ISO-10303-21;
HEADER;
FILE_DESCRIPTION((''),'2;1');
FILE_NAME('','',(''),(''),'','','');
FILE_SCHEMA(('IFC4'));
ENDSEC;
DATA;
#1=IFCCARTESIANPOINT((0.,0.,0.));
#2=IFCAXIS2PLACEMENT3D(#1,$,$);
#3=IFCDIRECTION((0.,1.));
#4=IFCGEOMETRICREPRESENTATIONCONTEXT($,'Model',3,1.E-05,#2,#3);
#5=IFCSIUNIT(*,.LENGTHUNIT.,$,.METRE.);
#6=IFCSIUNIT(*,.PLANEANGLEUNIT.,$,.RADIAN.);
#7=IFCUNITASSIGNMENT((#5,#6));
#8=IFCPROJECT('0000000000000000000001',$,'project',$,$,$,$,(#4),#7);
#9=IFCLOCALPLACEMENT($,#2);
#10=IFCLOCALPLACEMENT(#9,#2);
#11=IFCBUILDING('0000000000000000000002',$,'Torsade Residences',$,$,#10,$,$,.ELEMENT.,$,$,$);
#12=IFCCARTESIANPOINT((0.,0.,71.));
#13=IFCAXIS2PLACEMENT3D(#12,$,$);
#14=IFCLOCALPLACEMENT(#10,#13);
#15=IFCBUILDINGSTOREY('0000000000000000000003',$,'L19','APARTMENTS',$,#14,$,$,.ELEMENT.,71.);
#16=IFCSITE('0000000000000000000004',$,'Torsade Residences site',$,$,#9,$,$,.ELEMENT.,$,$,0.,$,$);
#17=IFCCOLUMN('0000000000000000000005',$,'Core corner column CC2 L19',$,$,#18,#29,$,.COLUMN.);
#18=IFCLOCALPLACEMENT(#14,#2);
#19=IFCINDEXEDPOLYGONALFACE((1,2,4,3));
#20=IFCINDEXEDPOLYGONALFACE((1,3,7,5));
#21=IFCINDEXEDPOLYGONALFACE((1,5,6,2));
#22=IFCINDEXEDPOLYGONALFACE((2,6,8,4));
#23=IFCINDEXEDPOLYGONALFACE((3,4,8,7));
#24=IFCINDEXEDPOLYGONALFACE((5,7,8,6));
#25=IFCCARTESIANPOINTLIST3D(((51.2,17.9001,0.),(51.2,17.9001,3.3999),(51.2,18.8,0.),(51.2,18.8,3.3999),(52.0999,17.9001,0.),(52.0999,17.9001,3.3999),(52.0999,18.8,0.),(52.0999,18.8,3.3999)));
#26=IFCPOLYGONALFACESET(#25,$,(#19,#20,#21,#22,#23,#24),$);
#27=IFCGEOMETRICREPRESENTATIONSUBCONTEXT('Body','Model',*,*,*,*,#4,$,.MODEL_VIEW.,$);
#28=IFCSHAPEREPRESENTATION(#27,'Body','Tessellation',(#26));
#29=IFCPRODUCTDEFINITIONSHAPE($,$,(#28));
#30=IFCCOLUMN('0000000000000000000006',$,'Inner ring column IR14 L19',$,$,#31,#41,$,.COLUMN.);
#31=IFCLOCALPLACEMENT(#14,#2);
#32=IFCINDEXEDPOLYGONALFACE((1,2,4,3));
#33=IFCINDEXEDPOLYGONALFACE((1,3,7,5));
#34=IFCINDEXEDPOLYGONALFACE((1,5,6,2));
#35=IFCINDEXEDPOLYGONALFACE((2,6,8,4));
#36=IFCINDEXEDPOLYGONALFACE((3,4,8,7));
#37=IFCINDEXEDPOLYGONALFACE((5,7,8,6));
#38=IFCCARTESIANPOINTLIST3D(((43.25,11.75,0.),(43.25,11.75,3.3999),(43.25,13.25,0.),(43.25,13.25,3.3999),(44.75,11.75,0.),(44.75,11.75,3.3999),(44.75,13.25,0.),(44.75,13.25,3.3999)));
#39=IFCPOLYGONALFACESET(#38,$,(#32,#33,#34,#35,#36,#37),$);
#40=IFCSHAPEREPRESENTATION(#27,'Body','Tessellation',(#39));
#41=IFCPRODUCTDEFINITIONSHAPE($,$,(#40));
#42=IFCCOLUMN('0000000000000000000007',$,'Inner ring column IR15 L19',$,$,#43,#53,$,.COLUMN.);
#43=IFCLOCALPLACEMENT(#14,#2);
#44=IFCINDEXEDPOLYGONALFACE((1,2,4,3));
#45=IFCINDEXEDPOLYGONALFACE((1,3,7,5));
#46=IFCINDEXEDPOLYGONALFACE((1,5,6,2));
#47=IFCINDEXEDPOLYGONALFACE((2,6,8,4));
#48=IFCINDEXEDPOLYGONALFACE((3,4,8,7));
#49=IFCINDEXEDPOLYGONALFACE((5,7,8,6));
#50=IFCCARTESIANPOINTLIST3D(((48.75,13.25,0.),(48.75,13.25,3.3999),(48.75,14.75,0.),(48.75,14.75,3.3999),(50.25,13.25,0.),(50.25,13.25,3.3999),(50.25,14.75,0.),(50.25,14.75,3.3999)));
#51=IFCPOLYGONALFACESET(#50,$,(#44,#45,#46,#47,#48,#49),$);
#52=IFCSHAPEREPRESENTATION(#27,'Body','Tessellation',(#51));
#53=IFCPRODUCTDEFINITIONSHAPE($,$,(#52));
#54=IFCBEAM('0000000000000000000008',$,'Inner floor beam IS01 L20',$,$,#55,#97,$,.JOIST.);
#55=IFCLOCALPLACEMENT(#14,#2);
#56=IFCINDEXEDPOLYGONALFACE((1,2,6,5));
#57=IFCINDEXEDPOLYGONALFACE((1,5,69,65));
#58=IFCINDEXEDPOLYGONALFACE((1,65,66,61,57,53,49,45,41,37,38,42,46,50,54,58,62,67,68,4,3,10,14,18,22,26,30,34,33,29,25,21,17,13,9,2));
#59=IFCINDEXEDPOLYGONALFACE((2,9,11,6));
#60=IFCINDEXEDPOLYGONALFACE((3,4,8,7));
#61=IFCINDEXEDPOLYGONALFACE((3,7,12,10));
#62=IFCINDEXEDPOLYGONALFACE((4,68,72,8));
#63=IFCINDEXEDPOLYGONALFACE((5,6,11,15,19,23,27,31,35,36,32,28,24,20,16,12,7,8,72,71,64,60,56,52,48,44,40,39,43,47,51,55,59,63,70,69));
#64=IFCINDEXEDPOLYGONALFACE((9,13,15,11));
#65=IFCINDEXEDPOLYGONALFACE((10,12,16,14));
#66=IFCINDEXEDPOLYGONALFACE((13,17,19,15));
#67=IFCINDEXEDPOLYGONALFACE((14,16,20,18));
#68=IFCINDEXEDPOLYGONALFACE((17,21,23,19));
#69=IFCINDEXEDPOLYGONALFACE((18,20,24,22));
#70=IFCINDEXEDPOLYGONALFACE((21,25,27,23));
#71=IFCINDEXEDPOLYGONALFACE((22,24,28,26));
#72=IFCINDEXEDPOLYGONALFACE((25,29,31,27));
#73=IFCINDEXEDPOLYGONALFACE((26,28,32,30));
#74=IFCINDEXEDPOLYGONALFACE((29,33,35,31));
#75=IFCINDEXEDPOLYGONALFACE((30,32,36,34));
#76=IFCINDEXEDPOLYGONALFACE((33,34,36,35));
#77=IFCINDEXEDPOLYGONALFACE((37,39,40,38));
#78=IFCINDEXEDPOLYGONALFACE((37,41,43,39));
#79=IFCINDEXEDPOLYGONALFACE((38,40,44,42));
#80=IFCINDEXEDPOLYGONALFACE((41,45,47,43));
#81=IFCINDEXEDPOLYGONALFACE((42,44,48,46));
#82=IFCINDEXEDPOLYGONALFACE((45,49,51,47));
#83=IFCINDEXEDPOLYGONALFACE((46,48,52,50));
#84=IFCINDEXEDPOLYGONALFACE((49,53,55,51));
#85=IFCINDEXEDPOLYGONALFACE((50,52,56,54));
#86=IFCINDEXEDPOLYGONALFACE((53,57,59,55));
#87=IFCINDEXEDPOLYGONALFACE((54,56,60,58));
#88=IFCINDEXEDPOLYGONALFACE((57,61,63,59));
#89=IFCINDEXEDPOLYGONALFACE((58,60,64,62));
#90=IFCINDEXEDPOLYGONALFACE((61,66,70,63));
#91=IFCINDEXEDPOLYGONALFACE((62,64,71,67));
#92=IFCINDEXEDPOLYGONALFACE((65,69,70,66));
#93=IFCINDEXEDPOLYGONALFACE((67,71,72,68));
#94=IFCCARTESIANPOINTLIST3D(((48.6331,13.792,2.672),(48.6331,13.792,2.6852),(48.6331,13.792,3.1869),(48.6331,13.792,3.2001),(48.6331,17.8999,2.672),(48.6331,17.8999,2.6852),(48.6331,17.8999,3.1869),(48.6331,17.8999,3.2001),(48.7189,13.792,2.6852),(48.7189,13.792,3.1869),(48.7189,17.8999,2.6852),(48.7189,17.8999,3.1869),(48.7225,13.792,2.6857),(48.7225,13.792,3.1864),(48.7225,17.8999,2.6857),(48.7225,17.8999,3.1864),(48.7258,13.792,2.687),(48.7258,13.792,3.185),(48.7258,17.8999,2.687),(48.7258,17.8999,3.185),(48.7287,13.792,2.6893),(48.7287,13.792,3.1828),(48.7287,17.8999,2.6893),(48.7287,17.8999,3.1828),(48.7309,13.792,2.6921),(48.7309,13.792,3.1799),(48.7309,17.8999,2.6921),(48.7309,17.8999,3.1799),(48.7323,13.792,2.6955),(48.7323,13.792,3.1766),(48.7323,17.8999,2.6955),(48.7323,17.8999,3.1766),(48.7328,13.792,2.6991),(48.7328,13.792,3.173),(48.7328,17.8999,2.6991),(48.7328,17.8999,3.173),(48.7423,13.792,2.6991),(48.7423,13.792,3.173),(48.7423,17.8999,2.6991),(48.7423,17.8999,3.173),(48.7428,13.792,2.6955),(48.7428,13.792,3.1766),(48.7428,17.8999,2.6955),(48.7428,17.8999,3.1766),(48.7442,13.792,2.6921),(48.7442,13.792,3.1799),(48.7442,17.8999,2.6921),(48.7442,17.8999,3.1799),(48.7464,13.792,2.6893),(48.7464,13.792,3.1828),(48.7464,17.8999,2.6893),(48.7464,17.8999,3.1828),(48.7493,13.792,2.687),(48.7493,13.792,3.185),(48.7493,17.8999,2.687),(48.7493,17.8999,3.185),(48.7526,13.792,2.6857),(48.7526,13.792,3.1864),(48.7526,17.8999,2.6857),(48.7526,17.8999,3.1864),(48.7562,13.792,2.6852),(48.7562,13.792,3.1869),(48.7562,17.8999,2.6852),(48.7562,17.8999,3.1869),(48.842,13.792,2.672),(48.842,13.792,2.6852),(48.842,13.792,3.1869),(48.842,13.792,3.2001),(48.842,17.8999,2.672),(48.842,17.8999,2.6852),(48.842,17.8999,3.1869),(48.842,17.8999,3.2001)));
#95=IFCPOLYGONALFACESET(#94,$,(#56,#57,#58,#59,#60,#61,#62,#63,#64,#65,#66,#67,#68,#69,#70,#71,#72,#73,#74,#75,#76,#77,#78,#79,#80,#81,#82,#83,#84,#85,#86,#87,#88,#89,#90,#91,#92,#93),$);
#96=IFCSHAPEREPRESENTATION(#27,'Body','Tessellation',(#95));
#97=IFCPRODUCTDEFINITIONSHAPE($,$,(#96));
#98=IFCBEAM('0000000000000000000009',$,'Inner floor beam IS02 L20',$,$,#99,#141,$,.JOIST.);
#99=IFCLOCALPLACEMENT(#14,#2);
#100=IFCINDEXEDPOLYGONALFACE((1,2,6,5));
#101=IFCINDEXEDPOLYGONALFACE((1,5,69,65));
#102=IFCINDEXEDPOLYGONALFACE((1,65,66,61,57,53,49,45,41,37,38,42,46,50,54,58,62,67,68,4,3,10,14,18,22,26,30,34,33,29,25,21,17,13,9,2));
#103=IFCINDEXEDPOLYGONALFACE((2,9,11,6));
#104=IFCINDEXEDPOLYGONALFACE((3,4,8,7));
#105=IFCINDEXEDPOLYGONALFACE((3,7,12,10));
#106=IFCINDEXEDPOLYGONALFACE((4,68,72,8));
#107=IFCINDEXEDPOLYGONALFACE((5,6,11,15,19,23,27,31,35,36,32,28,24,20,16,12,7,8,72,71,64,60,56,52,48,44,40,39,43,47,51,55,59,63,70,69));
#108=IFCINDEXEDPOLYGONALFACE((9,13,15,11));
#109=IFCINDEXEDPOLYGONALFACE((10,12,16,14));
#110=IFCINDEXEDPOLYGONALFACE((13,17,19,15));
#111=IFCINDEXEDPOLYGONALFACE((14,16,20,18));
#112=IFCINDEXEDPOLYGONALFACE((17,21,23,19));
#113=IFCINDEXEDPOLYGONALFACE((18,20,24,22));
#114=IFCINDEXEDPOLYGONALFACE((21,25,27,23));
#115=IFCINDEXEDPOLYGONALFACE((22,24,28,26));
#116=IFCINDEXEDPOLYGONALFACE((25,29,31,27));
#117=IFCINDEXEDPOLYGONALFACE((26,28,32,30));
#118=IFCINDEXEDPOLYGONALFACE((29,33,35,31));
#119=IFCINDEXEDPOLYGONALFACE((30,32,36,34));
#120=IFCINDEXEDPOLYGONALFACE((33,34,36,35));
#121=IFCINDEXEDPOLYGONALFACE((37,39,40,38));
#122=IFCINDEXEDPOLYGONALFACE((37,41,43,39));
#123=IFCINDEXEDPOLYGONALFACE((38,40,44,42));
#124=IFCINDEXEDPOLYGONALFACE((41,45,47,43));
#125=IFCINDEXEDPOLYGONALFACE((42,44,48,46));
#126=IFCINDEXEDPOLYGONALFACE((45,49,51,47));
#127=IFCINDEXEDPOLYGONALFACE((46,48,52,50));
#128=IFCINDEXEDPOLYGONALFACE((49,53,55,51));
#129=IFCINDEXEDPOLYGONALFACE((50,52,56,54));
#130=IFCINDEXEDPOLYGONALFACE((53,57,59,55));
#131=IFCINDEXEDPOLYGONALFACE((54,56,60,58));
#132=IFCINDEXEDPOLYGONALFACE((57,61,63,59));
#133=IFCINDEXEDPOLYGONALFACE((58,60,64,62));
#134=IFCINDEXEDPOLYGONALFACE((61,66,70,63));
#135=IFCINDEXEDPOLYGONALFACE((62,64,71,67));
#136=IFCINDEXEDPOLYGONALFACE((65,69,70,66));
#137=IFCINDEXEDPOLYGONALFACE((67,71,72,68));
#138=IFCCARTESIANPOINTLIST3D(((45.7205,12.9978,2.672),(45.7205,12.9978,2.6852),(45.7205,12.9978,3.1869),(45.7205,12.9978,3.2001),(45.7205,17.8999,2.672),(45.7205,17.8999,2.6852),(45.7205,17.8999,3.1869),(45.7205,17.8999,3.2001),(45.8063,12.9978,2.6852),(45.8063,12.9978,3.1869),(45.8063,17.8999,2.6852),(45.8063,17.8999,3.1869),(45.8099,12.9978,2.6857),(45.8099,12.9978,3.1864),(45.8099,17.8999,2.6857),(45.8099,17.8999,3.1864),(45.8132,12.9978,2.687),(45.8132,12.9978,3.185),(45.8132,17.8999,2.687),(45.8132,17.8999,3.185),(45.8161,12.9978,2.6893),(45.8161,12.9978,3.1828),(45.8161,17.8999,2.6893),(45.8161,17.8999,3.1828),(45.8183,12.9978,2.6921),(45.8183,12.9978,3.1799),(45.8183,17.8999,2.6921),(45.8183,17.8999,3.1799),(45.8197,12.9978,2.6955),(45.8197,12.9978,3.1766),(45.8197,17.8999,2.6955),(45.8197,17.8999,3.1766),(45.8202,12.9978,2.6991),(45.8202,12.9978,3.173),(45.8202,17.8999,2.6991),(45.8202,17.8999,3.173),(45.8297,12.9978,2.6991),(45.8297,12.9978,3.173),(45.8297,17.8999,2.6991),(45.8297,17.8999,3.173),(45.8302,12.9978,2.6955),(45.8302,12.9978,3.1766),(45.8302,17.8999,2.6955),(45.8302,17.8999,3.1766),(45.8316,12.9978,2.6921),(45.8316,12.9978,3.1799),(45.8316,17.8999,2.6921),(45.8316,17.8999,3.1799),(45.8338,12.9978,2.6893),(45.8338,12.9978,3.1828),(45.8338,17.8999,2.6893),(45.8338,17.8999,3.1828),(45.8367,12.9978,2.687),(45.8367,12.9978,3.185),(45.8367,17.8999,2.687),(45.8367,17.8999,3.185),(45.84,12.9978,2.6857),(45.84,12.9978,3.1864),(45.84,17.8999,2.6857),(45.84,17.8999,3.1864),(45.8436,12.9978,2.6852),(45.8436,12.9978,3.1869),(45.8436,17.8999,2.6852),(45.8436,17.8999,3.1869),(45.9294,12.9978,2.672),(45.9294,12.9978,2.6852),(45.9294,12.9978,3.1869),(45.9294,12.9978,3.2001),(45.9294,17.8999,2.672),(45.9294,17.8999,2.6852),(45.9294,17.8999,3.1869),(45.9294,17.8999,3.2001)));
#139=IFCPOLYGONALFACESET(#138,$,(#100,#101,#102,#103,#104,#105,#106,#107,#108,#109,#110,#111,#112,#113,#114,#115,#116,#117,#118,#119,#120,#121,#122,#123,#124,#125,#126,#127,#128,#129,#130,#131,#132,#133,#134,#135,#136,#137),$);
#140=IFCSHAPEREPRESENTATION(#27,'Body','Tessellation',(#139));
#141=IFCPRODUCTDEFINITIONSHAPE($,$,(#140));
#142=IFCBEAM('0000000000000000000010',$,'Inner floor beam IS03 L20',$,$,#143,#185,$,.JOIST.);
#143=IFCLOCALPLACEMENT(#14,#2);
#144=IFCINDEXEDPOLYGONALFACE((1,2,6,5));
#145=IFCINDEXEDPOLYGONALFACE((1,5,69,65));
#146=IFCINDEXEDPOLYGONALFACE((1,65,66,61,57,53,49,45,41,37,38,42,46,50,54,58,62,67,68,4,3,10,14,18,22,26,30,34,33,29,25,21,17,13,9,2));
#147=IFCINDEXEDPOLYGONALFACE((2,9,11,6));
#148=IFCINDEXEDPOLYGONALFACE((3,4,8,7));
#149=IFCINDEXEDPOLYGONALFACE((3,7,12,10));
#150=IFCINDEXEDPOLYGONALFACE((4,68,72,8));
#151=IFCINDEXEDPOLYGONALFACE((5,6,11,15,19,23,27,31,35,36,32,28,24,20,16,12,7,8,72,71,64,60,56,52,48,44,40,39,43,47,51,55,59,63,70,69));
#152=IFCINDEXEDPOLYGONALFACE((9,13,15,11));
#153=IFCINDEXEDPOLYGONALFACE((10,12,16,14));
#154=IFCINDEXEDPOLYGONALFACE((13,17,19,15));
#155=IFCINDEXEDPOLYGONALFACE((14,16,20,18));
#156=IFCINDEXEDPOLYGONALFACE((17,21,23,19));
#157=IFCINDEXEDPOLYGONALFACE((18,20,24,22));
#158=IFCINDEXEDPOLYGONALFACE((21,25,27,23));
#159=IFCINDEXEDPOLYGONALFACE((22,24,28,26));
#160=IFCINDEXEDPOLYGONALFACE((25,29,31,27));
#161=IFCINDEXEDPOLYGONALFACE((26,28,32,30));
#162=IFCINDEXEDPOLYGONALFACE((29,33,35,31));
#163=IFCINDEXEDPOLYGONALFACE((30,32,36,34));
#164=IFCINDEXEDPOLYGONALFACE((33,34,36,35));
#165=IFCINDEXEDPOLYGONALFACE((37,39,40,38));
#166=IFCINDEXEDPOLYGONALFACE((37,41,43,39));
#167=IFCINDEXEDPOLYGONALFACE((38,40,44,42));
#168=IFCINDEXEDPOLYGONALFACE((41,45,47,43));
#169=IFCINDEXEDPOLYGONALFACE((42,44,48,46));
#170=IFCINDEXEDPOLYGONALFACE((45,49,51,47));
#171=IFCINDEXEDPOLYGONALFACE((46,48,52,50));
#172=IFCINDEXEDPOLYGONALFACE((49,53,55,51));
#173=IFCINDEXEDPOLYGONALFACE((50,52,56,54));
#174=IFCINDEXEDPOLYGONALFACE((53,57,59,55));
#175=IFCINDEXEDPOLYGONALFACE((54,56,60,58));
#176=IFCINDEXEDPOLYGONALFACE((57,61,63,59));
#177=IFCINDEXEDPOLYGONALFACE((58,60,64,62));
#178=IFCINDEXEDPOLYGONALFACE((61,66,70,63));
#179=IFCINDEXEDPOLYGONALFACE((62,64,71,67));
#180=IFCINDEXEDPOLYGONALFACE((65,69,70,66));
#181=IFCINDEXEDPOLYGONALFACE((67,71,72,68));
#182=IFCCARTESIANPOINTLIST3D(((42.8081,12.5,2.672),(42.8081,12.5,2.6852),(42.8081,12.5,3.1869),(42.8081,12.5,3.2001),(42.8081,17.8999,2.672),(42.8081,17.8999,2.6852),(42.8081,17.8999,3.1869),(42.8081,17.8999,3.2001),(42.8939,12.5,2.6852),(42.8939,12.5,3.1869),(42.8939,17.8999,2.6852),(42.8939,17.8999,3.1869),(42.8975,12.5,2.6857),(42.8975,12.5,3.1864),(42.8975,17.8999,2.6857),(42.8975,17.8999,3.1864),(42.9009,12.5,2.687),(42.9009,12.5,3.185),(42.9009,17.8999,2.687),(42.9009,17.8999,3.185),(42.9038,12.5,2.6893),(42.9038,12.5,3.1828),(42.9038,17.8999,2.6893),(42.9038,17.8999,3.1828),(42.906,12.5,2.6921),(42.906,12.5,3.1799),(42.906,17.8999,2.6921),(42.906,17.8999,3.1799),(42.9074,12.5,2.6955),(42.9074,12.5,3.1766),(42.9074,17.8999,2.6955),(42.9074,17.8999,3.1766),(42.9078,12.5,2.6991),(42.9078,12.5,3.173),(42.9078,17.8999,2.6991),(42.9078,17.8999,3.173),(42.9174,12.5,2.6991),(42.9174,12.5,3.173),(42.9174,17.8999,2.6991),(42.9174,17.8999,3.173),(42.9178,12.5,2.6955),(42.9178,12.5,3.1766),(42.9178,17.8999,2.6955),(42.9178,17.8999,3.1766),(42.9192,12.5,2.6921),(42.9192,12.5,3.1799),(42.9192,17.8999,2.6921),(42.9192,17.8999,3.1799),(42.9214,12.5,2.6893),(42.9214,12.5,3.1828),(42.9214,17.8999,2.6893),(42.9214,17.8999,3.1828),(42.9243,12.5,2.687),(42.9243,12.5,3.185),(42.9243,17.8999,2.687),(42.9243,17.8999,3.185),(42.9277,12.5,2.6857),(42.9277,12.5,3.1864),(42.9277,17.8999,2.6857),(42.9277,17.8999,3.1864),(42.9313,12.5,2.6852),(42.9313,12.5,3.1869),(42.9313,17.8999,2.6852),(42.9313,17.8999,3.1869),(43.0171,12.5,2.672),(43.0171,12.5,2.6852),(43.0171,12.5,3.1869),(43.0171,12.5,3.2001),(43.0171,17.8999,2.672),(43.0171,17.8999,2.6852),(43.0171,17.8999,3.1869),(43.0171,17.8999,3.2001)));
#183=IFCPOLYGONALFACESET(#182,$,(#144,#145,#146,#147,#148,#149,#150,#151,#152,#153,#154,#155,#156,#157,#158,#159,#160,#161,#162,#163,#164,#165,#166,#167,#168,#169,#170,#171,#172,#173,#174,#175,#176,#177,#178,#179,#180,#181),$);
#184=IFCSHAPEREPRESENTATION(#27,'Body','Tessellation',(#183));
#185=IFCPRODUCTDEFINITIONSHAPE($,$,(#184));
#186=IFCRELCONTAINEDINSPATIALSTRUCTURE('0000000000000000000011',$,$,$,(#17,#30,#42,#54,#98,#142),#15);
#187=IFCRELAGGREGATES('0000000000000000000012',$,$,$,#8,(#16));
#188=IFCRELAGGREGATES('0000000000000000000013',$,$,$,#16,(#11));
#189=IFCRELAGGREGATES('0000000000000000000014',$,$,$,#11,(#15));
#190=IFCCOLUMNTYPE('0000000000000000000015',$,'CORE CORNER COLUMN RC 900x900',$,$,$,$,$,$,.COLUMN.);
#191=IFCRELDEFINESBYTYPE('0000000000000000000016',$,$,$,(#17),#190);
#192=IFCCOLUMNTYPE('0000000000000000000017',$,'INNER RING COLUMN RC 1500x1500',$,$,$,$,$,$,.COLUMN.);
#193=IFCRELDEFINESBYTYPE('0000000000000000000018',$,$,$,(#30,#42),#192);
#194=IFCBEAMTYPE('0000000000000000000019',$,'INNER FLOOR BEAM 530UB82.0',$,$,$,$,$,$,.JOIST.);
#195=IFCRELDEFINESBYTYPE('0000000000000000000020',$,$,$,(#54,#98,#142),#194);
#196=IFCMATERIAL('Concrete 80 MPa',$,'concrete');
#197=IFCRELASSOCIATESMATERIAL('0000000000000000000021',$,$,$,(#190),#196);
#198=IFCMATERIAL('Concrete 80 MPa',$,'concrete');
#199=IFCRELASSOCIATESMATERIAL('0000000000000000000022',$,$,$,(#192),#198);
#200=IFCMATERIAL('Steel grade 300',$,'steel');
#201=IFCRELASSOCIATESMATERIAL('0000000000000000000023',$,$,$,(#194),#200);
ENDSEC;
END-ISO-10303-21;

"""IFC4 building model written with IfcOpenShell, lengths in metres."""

from ifc_helpers import new_model, si_unit, direction, frame, origin, origin_2d, place, context, subcontext, project, spatial, rectangle, i_section, extrude, material, material_profile, profile_set, type_object, element, save


model = new_model("IFC4")

# Units and contexts
model_context = context("Model", 3, precision=1e-05, world=origin(), true_north=direction((0.0, 1.0)))
body_context = subcontext(model_context, "Body", "Model", "MODEL_VIEW")
ifc_project = project(units=[si_unit("LENGTHUNIT", "METRE"), si_unit("PLANEANGLEUNIT", "RADIAN")], contexts=[model_context])

# Site, building, storey
site_placement = place(None, origin())
site = spatial("IfcSite", under=ifc_project, at=site_placement, Name="Torsade Residences site", CompositionType="ELEMENT", RefElevation=0.0)
building_placement = place(site_placement, origin())
building = spatial("IfcBuilding", under=site, at=building_placement, Name="Torsade Residences", CompositionType="ELEMENT")
storey_placement = place(building_placement, frame((0.0, 0.0, 71.0)))
storey = spatial("IfcBuildingStorey", under=building, at=storey_placement, Name="L19", Description="APARTMENTS", CompositionType="ELEMENT", Elevation=71.0)

# Columns
ifc_material_1 = material(Name="Concrete 80 MPa", Category="concrete")
ifc_material_profile_1 = material_profile(ifc_material_1, rectangle(XDim=0.8999, YDim=0.8999, at=origin_2d()), Name="RC 900x900")
ifc_profile_set_1 = profile_set([ifc_material_profile_1], Name="Concrete 80 MPa")
column_type_1 = type_object("IfcColumnType", Name="CORE CORNER COLUMN RC 900x900", PredefinedType="COLUMN", material=ifc_profile_set_1)
column_placement = place(storey_placement, frame((51.6499, 18.3501, 0.0), z_axis=(0.0, 0.0, 1.0), x_axis=(1.0, 0.0, 0.0)))
element("IfcColumn", 1, at=column_placement, inside=storey, type_object=column_type_1, Name="Core corner column CC2 L19", PredefinedType="COLUMN", context=body_context, shape_type="SweptSolid", body=[
    extrude(rectangle(XDim=0.8999, YDim=0.8999, at=origin_2d()), origin(), (0.0, 0.0, 1.0), 3.3999),
])
ifc_material_2 = material(Name="Concrete 80 MPa", Category="concrete")
ifc_material_profile_2 = material_profile(ifc_material_2, rectangle(XDim=1.5, YDim=1.5, at=origin_2d()), Name="RC 1500x1500")
ifc_profile_set_2 = profile_set([ifc_material_profile_2], Name="Concrete 80 MPa")
column_type_2 = type_object("IfcColumnType", Name="INNER RING COLUMN RC 1500x1500", PredefinedType="COLUMN", material=ifc_profile_set_2)
for number, where, z_axis, x_axis, name in (
    (2, (44.0, 12.5, 0.0), (0.0, 0.0, 1.0), (1.0, 0.0, 0.0), "Inner ring column IR14 L19"),
    (3, (49.5, 14.0, 0.0), (0.0, 0.0, 1.0), (1.0, 0.0, 0.0), "Inner ring column IR15 L19"),
):
    element("IfcColumn", number, at=place(storey_placement, frame(where, z_axis=z_axis, x_axis=x_axis)), inside=storey, type_object=column_type_2, Name=name, PredefinedType="COLUMN", context=body_context, shape_type="SweptSolid", body=[
        extrude(rectangle(XDim=1.5, YDim=1.5, at=origin_2d()), origin(), (0.0, 0.0, 1.0), 3.3999),
    ])

# Beams
ifc_material_3 = material(Name="Steel grade 300", Category="steel")
ifc_material_profile_3 = material_profile(ifc_material_3, i_section(OverallWidth=0.209, OverallDepth=0.5281, WebThickness=0.0095, FlangeThickness=0.0132, FilletRadius=0.0139, at=origin_2d()), Name="530UB82.0")
ifc_profile_set_3 = profile_set([ifc_material_profile_3], Name="Steel grade 300")
beam_type_1 = type_object("IfcBeamType", Name="INNER FLOOR BEAM 530UB82.0", PredefinedType="JOIST", material=ifc_profile_set_3)
beam_1_placement = place(storey_placement, frame((48.7375, 17.8999, 2.936), z_axis=(0.0, -1.0, 0.0), x_axis=(1.0, 0.0, 0.0)))
element("IfcBeam", 4, at=beam_1_placement, inside=storey, type_object=beam_type_1, Name="Inner floor beam IS01 L20", PredefinedType="JOIST", context=body_context, shape_type="SweptSolid", body=[
    extrude(i_section(OverallWidth=0.209, OverallDepth=0.5281, WebThickness=0.0095, FlangeThickness=0.0132, FilletRadius=0.0139, at=origin_2d()), origin(), (0.0, 0.0, 1.0), 4.1079),
])
beam_2_placement = place(storey_placement, frame((45.825, 17.8999, 2.936), z_axis=(0.0, -1.0, 0.0), x_axis=(1.0, 0.0, 0.0)))
element("IfcBeam", 5, at=beam_2_placement, inside=storey, type_object=beam_type_1, Name="Inner floor beam IS02 L20", PredefinedType="JOIST", context=body_context, shape_type="SweptSolid", body=[
    extrude(i_section(OverallWidth=0.209, OverallDepth=0.5281, WebThickness=0.0095, FlangeThickness=0.0132, FilletRadius=0.0139, at=origin_2d()), origin(), (0.0, 0.0, 1.0), 4.9021),
])
for number, where, z_axis, x_axis, name in (
    (6, (42.9126, 17.8999, 2.936), (0.0, -1.0, 0.0), (1.0, 0.0, 0.0), "Inner floor beam IS03 L20"),
):
    element("IfcBeam", number, at=place(storey_placement, frame(where, z_axis=z_axis, x_axis=x_axis)), inside=storey, type_object=beam_type_1, Name=name, PredefinedType="JOIST", context=body_context, shape_type="SweptSolid", body=[
        extrude(i_section(OverallWidth=0.209, OverallDepth=0.5281, WebThickness=0.0095, FlangeThickness=0.0132, FilletRadius=0.0139, at=origin_2d()), origin(), (0.0, 0.0, 1.0), 5.3999),
    ])

save(model, "model.ifc")
